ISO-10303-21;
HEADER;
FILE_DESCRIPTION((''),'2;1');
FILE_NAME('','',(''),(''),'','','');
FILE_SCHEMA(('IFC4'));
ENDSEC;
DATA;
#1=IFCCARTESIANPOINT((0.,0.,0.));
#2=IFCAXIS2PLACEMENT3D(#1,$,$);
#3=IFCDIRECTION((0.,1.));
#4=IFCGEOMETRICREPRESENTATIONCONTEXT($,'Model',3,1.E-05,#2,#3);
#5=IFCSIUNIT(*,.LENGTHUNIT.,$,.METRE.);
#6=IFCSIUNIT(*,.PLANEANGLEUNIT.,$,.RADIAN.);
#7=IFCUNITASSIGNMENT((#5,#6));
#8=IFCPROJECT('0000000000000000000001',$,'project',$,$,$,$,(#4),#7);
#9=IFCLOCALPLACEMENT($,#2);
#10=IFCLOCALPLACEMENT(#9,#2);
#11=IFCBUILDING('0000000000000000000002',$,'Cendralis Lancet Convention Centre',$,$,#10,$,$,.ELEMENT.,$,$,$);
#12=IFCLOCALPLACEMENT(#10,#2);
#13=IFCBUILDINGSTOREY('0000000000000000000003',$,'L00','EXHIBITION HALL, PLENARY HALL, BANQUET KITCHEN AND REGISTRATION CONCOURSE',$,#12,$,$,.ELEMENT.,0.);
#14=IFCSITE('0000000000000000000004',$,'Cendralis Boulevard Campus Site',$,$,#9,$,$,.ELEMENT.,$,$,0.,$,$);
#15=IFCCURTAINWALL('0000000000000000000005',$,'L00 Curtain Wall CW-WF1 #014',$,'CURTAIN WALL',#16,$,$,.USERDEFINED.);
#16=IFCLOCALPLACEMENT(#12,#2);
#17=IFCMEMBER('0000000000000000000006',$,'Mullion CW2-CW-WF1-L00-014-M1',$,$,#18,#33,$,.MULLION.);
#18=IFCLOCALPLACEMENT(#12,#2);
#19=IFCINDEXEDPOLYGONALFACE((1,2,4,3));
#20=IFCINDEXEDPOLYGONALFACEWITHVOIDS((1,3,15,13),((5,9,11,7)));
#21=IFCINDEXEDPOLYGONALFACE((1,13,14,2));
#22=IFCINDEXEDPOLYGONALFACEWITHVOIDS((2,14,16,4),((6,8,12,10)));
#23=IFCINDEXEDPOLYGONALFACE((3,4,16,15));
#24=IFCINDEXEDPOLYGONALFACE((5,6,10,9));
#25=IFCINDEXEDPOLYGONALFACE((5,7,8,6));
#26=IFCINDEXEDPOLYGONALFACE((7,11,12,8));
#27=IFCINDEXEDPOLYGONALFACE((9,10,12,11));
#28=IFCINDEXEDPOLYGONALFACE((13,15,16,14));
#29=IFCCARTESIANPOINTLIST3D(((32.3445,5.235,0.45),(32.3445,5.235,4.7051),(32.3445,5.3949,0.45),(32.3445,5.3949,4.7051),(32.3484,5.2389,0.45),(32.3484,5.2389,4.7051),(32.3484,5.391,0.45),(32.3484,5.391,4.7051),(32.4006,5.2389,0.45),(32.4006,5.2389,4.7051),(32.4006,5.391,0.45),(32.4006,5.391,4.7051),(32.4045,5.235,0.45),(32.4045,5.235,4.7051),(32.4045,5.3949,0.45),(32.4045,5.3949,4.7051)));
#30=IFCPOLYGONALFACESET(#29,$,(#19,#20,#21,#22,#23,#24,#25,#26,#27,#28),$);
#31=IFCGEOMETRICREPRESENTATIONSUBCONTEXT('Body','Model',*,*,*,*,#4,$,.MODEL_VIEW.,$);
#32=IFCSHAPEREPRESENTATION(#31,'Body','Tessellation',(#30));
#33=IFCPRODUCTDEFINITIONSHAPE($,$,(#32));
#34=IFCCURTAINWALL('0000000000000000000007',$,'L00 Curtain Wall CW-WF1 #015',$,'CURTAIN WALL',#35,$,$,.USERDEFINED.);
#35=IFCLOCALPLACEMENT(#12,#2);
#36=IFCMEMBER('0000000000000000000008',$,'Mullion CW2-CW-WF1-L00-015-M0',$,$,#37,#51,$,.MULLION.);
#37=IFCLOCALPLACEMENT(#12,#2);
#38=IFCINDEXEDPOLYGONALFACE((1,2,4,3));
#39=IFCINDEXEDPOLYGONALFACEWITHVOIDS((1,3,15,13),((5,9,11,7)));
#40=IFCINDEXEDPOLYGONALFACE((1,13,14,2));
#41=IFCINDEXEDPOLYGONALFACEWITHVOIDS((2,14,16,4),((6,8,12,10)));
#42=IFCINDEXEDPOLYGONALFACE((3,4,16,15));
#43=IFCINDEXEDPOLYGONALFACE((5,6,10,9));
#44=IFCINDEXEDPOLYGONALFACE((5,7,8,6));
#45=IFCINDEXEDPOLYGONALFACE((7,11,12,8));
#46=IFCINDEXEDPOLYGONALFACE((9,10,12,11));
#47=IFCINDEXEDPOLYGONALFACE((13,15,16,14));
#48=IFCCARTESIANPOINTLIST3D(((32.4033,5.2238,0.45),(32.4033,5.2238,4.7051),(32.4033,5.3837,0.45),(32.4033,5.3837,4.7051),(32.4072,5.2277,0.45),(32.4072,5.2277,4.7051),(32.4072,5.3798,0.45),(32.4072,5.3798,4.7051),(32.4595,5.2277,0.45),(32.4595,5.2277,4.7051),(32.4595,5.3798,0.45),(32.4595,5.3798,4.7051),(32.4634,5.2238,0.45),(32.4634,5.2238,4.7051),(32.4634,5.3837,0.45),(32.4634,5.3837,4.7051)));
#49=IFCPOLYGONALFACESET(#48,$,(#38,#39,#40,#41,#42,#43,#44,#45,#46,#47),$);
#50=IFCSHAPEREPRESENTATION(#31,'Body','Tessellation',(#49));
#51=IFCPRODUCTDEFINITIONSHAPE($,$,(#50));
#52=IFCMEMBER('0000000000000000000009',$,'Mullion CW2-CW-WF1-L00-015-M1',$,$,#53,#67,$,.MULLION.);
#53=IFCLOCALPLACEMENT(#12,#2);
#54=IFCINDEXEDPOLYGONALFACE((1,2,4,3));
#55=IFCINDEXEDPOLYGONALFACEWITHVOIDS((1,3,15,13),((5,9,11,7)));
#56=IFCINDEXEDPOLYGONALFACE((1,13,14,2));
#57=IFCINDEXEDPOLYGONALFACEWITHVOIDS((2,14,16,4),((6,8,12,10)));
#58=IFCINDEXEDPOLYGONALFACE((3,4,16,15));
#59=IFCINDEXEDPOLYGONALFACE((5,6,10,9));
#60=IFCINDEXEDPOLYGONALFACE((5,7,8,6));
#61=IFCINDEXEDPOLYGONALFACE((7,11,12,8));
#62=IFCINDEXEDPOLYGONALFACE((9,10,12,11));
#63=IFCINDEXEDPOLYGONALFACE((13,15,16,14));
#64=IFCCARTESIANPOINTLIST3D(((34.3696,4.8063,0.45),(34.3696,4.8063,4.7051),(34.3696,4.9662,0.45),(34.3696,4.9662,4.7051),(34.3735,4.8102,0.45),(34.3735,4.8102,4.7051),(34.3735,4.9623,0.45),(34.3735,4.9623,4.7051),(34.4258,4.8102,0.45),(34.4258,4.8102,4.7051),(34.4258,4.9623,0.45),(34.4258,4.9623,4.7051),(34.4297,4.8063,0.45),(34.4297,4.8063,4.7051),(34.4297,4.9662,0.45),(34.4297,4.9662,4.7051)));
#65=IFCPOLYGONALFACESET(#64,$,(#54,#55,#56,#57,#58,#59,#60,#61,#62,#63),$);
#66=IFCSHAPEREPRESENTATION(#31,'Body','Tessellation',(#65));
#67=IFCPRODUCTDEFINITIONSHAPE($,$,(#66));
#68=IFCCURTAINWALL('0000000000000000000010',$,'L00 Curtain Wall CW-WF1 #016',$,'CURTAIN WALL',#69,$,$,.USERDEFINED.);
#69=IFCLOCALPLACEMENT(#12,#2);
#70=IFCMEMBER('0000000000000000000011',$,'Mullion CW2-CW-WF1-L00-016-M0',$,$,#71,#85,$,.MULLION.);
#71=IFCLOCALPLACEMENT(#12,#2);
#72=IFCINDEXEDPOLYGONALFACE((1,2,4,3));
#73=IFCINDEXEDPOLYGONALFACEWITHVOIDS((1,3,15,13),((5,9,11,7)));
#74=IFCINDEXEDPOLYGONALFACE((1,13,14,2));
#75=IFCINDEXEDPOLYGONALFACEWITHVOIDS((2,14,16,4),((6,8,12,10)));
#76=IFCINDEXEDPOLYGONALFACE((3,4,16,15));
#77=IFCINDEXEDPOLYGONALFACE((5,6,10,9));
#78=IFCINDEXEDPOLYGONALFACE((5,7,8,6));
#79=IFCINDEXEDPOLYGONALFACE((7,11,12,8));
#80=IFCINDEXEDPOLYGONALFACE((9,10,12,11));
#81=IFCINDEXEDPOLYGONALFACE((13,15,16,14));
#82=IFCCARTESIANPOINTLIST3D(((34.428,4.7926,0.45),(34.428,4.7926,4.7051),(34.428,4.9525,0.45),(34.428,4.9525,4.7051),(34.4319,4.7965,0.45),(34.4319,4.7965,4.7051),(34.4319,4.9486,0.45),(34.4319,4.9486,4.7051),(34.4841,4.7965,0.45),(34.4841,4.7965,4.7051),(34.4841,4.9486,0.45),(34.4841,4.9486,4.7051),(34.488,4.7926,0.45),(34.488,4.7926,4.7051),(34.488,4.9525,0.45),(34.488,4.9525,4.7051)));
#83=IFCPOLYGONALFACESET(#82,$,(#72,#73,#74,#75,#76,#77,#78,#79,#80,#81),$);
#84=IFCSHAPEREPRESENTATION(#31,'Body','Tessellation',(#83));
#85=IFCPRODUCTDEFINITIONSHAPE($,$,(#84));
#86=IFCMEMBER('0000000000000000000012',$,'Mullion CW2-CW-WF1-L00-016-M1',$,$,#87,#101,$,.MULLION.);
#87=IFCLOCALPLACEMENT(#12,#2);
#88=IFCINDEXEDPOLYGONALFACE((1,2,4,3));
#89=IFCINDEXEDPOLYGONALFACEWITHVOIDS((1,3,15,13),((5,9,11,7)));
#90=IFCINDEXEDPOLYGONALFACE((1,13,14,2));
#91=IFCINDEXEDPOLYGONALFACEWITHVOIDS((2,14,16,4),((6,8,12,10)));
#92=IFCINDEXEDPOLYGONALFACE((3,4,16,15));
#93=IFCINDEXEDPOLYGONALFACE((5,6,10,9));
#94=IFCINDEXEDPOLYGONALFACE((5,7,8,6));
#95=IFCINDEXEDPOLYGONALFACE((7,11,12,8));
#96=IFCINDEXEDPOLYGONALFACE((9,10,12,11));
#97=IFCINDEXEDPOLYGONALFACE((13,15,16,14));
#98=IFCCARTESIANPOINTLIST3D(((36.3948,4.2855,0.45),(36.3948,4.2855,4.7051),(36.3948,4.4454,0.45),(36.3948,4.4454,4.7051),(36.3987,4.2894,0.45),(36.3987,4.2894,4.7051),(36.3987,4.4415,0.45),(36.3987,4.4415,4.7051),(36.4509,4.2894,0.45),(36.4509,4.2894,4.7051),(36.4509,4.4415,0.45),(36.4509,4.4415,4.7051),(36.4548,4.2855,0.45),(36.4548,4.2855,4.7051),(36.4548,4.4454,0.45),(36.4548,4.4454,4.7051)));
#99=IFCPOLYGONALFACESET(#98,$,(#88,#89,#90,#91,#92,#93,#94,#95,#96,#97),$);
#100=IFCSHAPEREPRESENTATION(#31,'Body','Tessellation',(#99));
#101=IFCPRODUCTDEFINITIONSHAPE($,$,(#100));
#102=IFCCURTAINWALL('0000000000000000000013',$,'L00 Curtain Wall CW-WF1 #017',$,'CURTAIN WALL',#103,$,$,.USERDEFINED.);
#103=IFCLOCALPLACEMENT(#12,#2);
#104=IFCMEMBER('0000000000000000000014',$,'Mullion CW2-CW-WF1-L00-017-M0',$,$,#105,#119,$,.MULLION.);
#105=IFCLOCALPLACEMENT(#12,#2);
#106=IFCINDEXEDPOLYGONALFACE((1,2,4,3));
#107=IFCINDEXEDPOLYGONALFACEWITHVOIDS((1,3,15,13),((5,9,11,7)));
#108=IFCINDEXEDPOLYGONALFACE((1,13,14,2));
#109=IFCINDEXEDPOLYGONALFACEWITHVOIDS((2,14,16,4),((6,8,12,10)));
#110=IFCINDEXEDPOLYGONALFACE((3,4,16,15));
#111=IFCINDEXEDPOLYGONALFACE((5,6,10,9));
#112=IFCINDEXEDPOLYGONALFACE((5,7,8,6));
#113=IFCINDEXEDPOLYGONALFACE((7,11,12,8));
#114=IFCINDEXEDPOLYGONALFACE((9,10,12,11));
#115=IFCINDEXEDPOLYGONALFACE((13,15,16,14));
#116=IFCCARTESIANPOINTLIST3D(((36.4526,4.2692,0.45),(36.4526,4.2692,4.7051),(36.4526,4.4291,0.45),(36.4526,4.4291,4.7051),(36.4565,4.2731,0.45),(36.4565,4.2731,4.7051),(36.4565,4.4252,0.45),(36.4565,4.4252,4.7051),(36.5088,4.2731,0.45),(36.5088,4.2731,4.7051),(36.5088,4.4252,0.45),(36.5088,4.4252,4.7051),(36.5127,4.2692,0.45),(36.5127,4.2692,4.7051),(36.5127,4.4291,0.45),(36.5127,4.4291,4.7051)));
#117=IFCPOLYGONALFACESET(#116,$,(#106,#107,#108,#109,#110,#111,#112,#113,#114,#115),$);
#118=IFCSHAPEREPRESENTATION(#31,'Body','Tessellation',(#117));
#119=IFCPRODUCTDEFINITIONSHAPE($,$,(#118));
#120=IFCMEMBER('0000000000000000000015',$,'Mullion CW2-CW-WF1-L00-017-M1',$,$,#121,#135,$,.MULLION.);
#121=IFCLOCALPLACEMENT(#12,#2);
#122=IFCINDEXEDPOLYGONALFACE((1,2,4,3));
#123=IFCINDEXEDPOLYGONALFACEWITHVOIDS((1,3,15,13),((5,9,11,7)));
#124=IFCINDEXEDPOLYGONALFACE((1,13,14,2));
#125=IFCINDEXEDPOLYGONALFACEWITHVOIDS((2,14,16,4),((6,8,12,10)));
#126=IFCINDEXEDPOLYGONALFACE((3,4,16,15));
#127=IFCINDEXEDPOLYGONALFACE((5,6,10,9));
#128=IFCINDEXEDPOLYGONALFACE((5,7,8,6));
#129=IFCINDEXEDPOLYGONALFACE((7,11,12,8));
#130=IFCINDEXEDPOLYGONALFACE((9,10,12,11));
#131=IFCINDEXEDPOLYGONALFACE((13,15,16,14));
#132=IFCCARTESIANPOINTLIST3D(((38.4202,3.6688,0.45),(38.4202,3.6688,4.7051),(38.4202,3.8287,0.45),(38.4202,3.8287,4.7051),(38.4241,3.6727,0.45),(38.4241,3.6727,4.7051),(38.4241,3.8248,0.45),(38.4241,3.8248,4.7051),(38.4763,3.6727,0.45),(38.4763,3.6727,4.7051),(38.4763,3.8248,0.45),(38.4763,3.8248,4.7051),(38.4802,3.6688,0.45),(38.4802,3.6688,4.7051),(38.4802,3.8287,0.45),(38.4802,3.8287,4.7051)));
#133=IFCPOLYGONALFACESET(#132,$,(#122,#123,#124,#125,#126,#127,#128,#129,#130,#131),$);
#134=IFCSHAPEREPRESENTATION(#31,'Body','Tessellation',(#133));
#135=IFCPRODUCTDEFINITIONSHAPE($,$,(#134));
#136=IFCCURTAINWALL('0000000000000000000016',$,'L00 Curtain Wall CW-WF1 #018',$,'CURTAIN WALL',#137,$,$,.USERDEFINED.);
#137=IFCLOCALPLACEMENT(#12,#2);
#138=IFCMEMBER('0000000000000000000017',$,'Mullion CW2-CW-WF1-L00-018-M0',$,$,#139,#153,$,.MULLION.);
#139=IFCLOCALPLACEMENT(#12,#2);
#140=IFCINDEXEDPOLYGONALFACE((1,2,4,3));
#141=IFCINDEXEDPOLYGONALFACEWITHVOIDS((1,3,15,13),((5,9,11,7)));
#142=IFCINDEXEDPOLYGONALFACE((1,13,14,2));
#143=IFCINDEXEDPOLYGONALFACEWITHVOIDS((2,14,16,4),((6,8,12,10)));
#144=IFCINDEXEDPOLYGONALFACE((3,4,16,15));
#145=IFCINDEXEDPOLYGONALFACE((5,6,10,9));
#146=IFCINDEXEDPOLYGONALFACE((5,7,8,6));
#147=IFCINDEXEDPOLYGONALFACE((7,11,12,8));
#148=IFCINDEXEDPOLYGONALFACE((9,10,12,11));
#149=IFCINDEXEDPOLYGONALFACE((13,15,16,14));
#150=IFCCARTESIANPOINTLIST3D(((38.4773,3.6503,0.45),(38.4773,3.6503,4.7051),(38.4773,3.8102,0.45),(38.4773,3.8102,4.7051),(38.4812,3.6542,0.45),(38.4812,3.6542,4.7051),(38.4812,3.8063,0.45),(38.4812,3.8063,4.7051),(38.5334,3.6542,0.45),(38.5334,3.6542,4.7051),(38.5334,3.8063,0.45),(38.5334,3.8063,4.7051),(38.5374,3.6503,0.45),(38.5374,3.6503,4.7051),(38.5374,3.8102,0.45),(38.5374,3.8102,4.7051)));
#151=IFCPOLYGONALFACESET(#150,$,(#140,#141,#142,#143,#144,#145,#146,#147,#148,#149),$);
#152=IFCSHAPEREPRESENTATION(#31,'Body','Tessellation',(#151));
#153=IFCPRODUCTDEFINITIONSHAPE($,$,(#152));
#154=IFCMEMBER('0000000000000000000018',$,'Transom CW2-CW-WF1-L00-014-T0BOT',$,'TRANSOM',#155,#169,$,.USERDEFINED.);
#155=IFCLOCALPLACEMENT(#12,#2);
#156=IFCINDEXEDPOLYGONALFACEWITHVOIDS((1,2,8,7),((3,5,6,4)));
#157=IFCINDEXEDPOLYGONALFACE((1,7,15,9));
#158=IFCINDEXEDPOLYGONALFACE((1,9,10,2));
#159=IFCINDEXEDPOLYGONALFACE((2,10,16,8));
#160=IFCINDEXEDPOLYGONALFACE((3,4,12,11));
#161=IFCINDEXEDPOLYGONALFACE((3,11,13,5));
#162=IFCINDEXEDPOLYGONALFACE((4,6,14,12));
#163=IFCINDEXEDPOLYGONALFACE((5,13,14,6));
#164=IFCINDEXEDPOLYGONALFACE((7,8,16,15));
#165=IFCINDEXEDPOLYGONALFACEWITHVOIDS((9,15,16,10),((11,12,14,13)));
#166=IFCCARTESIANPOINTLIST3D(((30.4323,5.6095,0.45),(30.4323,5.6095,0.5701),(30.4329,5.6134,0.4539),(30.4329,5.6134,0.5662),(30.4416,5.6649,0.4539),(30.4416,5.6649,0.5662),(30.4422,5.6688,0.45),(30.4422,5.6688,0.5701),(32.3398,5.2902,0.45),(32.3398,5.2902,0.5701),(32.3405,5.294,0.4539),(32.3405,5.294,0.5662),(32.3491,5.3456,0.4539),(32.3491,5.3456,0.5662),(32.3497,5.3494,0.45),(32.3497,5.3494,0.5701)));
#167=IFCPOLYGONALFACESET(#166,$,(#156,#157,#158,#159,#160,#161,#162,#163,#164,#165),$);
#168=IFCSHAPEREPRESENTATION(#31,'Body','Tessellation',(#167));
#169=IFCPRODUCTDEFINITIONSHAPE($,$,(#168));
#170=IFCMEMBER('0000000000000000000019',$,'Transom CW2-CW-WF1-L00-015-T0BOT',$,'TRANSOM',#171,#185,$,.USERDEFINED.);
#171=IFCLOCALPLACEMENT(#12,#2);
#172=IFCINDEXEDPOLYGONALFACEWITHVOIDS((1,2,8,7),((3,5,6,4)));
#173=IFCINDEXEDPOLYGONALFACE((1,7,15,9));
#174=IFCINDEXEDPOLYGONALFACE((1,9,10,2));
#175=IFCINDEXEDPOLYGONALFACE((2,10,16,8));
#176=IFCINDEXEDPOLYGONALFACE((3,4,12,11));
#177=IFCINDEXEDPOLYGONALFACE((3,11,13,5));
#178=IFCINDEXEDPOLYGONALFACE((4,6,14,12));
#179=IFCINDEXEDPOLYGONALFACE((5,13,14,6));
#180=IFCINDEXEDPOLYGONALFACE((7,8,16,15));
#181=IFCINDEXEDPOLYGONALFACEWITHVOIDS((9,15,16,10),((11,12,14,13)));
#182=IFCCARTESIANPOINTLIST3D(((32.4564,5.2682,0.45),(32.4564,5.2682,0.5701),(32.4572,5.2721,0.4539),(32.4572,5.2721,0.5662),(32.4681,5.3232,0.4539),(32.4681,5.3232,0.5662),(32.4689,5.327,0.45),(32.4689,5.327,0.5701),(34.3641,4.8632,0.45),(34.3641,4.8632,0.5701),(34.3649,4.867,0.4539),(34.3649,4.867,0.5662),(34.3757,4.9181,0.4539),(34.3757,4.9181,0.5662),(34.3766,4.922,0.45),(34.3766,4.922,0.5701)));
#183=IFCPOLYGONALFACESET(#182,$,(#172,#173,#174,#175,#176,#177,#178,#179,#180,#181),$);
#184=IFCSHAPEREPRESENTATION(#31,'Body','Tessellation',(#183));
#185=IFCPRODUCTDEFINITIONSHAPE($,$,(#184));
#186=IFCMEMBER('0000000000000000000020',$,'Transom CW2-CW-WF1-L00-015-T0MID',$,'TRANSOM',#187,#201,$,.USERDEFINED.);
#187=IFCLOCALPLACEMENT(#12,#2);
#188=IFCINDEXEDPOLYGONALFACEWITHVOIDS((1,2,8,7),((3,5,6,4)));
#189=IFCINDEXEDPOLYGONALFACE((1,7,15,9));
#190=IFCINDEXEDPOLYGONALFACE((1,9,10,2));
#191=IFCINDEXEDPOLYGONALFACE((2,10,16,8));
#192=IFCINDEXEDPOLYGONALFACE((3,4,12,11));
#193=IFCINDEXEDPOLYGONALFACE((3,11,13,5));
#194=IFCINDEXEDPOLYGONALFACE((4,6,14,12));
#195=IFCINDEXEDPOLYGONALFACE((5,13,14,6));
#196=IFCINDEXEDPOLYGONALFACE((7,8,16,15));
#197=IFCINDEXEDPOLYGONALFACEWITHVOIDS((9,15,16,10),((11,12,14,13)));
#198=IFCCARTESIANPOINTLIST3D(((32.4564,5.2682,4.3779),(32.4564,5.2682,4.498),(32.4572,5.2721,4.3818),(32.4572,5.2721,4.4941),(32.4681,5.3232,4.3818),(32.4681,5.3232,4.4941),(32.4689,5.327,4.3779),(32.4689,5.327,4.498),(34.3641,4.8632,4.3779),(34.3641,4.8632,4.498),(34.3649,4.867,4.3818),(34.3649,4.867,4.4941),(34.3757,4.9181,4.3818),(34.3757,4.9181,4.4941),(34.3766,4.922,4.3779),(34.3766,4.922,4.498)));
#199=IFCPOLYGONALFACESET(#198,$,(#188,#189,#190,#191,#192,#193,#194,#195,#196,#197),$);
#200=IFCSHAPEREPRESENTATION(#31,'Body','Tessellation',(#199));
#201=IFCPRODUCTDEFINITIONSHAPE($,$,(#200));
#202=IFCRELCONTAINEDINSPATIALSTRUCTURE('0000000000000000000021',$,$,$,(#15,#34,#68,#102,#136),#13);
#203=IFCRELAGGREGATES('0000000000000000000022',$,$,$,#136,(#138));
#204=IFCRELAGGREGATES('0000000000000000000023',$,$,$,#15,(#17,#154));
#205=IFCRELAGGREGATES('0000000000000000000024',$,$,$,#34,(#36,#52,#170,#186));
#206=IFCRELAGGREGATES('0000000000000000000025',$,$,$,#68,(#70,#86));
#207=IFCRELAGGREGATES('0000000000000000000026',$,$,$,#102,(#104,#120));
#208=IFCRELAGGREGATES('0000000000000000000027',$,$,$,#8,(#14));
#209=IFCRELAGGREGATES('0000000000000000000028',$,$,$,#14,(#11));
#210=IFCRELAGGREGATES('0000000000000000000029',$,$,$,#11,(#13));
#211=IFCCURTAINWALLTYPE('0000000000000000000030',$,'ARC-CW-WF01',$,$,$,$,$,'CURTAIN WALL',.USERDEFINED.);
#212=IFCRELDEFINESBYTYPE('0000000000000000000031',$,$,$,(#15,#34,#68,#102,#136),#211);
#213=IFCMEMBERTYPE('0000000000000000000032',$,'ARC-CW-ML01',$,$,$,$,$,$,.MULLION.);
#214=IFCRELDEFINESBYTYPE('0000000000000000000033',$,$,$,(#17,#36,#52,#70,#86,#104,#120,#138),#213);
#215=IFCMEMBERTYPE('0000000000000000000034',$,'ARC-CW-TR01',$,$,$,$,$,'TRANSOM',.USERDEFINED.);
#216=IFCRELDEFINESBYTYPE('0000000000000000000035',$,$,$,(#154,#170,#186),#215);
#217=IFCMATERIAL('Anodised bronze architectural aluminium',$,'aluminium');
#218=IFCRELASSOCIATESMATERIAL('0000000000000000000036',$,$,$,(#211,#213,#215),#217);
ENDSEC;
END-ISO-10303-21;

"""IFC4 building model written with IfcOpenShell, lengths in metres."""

from ifc_helpers import new_model, si_unit, direction, frame, origin, origin_2d, place, context, subcontext, project, spatial, hollow_rectangle, extrude, material, material_profile, profile_set, type_object, element, aggregate, save


model = new_model("IFC4")

# Units and contexts
model_context = context("Model", 3, precision=1e-05, world=origin(), true_north=direction((0.0, 1.0)))
body_context = subcontext(model_context, "Body", "Model", "MODEL_VIEW")
ifc_project = project(units=[si_unit("LENGTHUNIT", "METRE"), si_unit("PLANEANGLEUNIT", "RADIAN")], contexts=[model_context])

# Site, building, storey
site_placement = place(None, origin())
site = spatial("IfcSite", under=ifc_project, at=site_placement, Name="Cendralis Boulevard Campus Site", CompositionType="ELEMENT", RefElevation=0.0)
building_placement = place(site_placement, origin())
building = spatial("IfcBuilding", under=site, at=building_placement, Name="Cendralis Lancet Convention Centre", CompositionType="ELEMENT")
storey_placement = place(building_placement, origin())
storey = spatial("IfcBuildingStorey", under=building, at=storey_placement, Name="L00", Description="EXHIBITION HALL, PLENARY HALL, BANQUET KITCHEN AND REGISTRATION CONCOURSE", CompositionType="ELEMENT", Elevation=0.0)

# Curtain wall, member
ifc_material_1 = material(Name="Anodised bronze architectural aluminium", Category="aluminium")
curtain_wall_type = type_object("IfcCurtainWallType", Name="ARC-CW-WF01", ElementType="CURTAIN WALL", PredefinedType="USERDEFINED", material=ifc_material_1)
curtain_wall_1_placement = place(storey_placement, origin())
curtain_wall_1 = element("IfcCurtainWall", 1, at=curtain_wall_1_placement, inside=storey, type_object=curtain_wall_type, Name="L00 Curtain Wall CW-WF1 #014", ObjectType="CURTAIN WALL", PredefinedType="USERDEFINED")
ifc_material_profile_1 = material_profile(ifc_material_1, hollow_rectangle(XDim=0.0601, YDim=0.1599, WallThickness=0.0039, at=origin_2d()), Name="AL-MULL 60x160x4.0")
ifc_profile_set_1 = profile_set([ifc_material_profile_1], Name="Anodised bronze architectural aluminium")
member_type_1 = type_object("IfcMemberType", Name="ARC-CW-ML01", PredefinedType="MULLION", material=ifc_profile_set_1)
member_1_placement = place(storey_placement, frame((32.3745, 5.3149, 0.45), z_axis=(0.0, 0.0, 1.0), x_axis=(1.0, 0.0, 0.0)))
member_1 = element("IfcMember", 2, at=member_1_placement, type_object=member_type_1, Name="Mullion CW2-CW-WF1-L00-014-M1", PredefinedType="MULLION", context=body_context, shape_type="SweptSolid", body=[
    extrude(hollow_rectangle(XDim=0.0601, YDim=0.1599, WallThickness=0.0039, at=origin_2d()), origin(), (0.0, 0.0, 1.0), 4.2551),
])

# Curtain walls, members
curtain_wall_2_placement = place(storey_placement, origin())
curtain_wall_2 = element("IfcCurtainWall", 3, at=curtain_wall_2_placement, inside=storey, type_object=curtain_wall_type, Name="L00 Curtain Wall CW-WF1 #015", ObjectType="CURTAIN WALL", PredefinedType="USERDEFINED")
member_2_placement = place(storey_placement, frame((32.4333, 5.3037, 0.45), z_axis=(0.0, 0.0, 1.0), x_axis=(1.0, 0.0, 0.0)))
member_2 = element("IfcMember", 4, at=member_2_placement, type_object=member_type_1, Name="Mullion CW2-CW-WF1-L00-015-M0", PredefinedType="MULLION", context=body_context, shape_type="SweptSolid", body=[
    extrude(hollow_rectangle(XDim=0.0601, YDim=0.1599, WallThickness=0.0039, at=origin_2d()), origin(), (0.0, 0.0, 1.0), 4.2551),
])
member_3_placement = place(storey_placement, frame((34.3997, 4.8862, 0.45), z_axis=(0.0, 0.0, 1.0), x_axis=(1.0, 0.0, 0.0)))
member_3 = element("IfcMember", 5, at=member_3_placement, type_object=member_type_1, Name="Mullion CW2-CW-WF1-L00-015-M1", PredefinedType="MULLION", context=body_context, shape_type="SweptSolid", body=[
    extrude(hollow_rectangle(XDim=0.0601, YDim=0.1599, WallThickness=0.0039, at=origin_2d()), origin(), (0.0, 0.0, 1.0), 4.2551),
])
curtain_wall_3_placement = place(storey_placement, origin())
curtain_wall_3 = element("IfcCurtainWall", 6, at=curtain_wall_3_placement, inside=storey, type_object=curtain_wall_type, Name="L00 Curtain Wall CW-WF1 #016", ObjectType="CURTAIN WALL", PredefinedType="USERDEFINED")
member_4_placement = place(storey_placement, frame((34.458, 4.8726, 0.45), z_axis=(0.0, 0.0, 1.0), x_axis=(1.0, 0.0, 0.0)))
member_4 = element("IfcMember", 7, at=member_4_placement, type_object=member_type_1, Name="Mullion CW2-CW-WF1-L00-016-M0", PredefinedType="MULLION", context=body_context, shape_type="SweptSolid", body=[
    extrude(hollow_rectangle(XDim=0.0601, YDim=0.1599, WallThickness=0.0039, at=origin_2d()), origin(), (0.0, 0.0, 1.0), 4.2551),
])
member_5_placement = place(storey_placement, frame((36.4248, 4.3655, 0.45), z_axis=(0.0, 0.0, 1.0), x_axis=(1.0, 0.0, 0.0)))
member_5 = element("IfcMember", 8, at=member_5_placement, type_object=member_type_1, Name="Mullion CW2-CW-WF1-L00-016-M1", PredefinedType="MULLION", context=body_context, shape_type="SweptSolid", body=[
    extrude(hollow_rectangle(XDim=0.0601, YDim=0.1599, WallThickness=0.0039, at=origin_2d()), origin(), (0.0, 0.0, 1.0), 4.2551),
])
curtain_wall_4_placement = place(storey_placement, origin())
curtain_wall_4 = element("IfcCurtainWall", 9, at=curtain_wall_4_placement, inside=storey, type_object=curtain_wall_type, Name="L00 Curtain Wall CW-WF1 #017", ObjectType="CURTAIN WALL", PredefinedType="USERDEFINED")
member_6_placement = place(storey_placement, frame((36.4827, 4.3491, 0.45), z_axis=(0.0, 0.0, 1.0), x_axis=(1.0, 0.0, 0.0)))
member_6 = element("IfcMember", 10, at=member_6_placement, type_object=member_type_1, Name="Mullion CW2-CW-WF1-L00-017-M0", PredefinedType="MULLION", context=body_context, shape_type="SweptSolid", body=[
    extrude(hollow_rectangle(XDim=0.0601, YDim=0.1599, WallThickness=0.0039, at=origin_2d()), origin(), (0.0, 0.0, 1.0), 4.2551),
])
member_7_placement = place(storey_placement, frame((38.4502, 3.7488, 0.45), z_axis=(0.0, 0.0, 1.0), x_axis=(1.0, 0.0, 0.0)))
member_7 = element("IfcMember", 11, at=member_7_placement, type_object=member_type_1, Name="Mullion CW2-CW-WF1-L00-017-M1", PredefinedType="MULLION", context=body_context, shape_type="SweptSolid", body=[
    extrude(hollow_rectangle(XDim=0.0601, YDim=0.1599, WallThickness=0.0039, at=origin_2d()), origin(), (0.0, 0.0, 1.0), 4.2551),
])

# Curtain wall, member
curtain_wall_5_placement = place(storey_placement, origin())
curtain_wall_5 = element("IfcCurtainWall", 12, at=curtain_wall_5_placement, inside=storey, type_object=curtain_wall_type, Name="L00 Curtain Wall CW-WF1 #018", ObjectType="CURTAIN WALL", PredefinedType="USERDEFINED")
member_8_placement = place(storey_placement, frame((38.5073, 3.7302, 0.45), z_axis=(0.0, 0.0, 1.0), x_axis=(1.0, 0.0, 0.0)))
member_8 = element("IfcMember", 13, at=member_8_placement, type_object=member_type_1, Name="Mullion CW2-CW-WF1-L00-018-M0", PredefinedType="MULLION", context=body_context, shape_type="SweptSolid", body=[
    extrude(hollow_rectangle(XDim=0.0601, YDim=0.1599, WallThickness=0.0039, at=origin_2d()), origin(), (0.0, 0.0, 1.0), 4.2551),
])

# Members
ifc_material_profile_2 = material_profile(ifc_material_1, hollow_rectangle(XDim=0.0601, YDim=0.1201, WallThickness=0.0039, at=origin_2d()), Name="AL-TRAN 60x120x4.0")
ifc_profile_set_2 = profile_set([ifc_material_profile_2], Name="Anodised bronze architectural aluminium")
member_type_2 = type_object("IfcMemberType", Name="ARC-CW-TR01", ElementType="TRANSOM", PredefinedType="USERDEFINED", material=ifc_profile_set_2)
member_9_placement = place(storey_placement, frame((30.4373, 5.6392, 0.51), z_axis=(0.986274, -0.165115, 0.0), x_axis=(0.165115, 0.986274, 0.0)))
member_9 = element("IfcMember", 14, at=member_9_placement, type_object=member_type_2, Name="Transom CW2-CW-WF1-L00-014-T0BOT", ObjectType="TRANSOM", PredefinedType="USERDEFINED", context=body_context, shape_type="SweptSolid", body=[
    extrude(hollow_rectangle(XDim=0.0601, YDim=0.1201, WallThickness=0.0039, at=origin_2d()), origin(), (0.0, 0.0, 1.0), 1.9341),
])
member_10_placement = place(storey_placement, frame((32.4626, 5.2976, 0.51), z_axis=(0.978196, -0.207682, 0.0), x_axis=(0.207682, 0.978196, 0.0)))
member_10 = element("IfcMember", 15, at=member_10_placement, type_object=member_type_2, Name="Transom CW2-CW-WF1-L00-015-T0BOT", ObjectType="TRANSOM", PredefinedType="USERDEFINED", context=body_context, shape_type="SweptSolid", body=[
    extrude(hollow_rectangle(XDim=0.0601, YDim=0.1201, WallThickness=0.0039, at=origin_2d()), origin(), (0.0, 0.0, 1.0), 1.9502),
])
member_11_placement = place(storey_placement, frame((32.4626, 5.2976, 4.438), z_axis=(0.978196, -0.207682, 0.0), x_axis=(0.207682, 0.978196, 0.0)))
member_11 = element("IfcMember", 16, at=member_11_placement, type_object=member_type_2, Name="Transom CW2-CW-WF1-L00-015-T0MID", ObjectType="TRANSOM", PredefinedType="USERDEFINED", context=body_context, shape_type="SweptSolid", body=[
    extrude(hollow_rectangle(XDim=0.0601, YDim=0.1201, WallThickness=0.0039, at=origin_2d()), origin(), (0.0, 0.0, 1.0), 1.9502),
])
aggregate(curtain_wall_5, [member_8])

aggregate(curtain_wall_1, [member_1, member_9])
aggregate(curtain_wall_2, [member_2, member_3, member_10, member_11])
aggregate(curtain_wall_3, [member_4, member_5])
aggregate(curtain_wall_4, [member_6, member_7])

save(model, "model.ifc")
